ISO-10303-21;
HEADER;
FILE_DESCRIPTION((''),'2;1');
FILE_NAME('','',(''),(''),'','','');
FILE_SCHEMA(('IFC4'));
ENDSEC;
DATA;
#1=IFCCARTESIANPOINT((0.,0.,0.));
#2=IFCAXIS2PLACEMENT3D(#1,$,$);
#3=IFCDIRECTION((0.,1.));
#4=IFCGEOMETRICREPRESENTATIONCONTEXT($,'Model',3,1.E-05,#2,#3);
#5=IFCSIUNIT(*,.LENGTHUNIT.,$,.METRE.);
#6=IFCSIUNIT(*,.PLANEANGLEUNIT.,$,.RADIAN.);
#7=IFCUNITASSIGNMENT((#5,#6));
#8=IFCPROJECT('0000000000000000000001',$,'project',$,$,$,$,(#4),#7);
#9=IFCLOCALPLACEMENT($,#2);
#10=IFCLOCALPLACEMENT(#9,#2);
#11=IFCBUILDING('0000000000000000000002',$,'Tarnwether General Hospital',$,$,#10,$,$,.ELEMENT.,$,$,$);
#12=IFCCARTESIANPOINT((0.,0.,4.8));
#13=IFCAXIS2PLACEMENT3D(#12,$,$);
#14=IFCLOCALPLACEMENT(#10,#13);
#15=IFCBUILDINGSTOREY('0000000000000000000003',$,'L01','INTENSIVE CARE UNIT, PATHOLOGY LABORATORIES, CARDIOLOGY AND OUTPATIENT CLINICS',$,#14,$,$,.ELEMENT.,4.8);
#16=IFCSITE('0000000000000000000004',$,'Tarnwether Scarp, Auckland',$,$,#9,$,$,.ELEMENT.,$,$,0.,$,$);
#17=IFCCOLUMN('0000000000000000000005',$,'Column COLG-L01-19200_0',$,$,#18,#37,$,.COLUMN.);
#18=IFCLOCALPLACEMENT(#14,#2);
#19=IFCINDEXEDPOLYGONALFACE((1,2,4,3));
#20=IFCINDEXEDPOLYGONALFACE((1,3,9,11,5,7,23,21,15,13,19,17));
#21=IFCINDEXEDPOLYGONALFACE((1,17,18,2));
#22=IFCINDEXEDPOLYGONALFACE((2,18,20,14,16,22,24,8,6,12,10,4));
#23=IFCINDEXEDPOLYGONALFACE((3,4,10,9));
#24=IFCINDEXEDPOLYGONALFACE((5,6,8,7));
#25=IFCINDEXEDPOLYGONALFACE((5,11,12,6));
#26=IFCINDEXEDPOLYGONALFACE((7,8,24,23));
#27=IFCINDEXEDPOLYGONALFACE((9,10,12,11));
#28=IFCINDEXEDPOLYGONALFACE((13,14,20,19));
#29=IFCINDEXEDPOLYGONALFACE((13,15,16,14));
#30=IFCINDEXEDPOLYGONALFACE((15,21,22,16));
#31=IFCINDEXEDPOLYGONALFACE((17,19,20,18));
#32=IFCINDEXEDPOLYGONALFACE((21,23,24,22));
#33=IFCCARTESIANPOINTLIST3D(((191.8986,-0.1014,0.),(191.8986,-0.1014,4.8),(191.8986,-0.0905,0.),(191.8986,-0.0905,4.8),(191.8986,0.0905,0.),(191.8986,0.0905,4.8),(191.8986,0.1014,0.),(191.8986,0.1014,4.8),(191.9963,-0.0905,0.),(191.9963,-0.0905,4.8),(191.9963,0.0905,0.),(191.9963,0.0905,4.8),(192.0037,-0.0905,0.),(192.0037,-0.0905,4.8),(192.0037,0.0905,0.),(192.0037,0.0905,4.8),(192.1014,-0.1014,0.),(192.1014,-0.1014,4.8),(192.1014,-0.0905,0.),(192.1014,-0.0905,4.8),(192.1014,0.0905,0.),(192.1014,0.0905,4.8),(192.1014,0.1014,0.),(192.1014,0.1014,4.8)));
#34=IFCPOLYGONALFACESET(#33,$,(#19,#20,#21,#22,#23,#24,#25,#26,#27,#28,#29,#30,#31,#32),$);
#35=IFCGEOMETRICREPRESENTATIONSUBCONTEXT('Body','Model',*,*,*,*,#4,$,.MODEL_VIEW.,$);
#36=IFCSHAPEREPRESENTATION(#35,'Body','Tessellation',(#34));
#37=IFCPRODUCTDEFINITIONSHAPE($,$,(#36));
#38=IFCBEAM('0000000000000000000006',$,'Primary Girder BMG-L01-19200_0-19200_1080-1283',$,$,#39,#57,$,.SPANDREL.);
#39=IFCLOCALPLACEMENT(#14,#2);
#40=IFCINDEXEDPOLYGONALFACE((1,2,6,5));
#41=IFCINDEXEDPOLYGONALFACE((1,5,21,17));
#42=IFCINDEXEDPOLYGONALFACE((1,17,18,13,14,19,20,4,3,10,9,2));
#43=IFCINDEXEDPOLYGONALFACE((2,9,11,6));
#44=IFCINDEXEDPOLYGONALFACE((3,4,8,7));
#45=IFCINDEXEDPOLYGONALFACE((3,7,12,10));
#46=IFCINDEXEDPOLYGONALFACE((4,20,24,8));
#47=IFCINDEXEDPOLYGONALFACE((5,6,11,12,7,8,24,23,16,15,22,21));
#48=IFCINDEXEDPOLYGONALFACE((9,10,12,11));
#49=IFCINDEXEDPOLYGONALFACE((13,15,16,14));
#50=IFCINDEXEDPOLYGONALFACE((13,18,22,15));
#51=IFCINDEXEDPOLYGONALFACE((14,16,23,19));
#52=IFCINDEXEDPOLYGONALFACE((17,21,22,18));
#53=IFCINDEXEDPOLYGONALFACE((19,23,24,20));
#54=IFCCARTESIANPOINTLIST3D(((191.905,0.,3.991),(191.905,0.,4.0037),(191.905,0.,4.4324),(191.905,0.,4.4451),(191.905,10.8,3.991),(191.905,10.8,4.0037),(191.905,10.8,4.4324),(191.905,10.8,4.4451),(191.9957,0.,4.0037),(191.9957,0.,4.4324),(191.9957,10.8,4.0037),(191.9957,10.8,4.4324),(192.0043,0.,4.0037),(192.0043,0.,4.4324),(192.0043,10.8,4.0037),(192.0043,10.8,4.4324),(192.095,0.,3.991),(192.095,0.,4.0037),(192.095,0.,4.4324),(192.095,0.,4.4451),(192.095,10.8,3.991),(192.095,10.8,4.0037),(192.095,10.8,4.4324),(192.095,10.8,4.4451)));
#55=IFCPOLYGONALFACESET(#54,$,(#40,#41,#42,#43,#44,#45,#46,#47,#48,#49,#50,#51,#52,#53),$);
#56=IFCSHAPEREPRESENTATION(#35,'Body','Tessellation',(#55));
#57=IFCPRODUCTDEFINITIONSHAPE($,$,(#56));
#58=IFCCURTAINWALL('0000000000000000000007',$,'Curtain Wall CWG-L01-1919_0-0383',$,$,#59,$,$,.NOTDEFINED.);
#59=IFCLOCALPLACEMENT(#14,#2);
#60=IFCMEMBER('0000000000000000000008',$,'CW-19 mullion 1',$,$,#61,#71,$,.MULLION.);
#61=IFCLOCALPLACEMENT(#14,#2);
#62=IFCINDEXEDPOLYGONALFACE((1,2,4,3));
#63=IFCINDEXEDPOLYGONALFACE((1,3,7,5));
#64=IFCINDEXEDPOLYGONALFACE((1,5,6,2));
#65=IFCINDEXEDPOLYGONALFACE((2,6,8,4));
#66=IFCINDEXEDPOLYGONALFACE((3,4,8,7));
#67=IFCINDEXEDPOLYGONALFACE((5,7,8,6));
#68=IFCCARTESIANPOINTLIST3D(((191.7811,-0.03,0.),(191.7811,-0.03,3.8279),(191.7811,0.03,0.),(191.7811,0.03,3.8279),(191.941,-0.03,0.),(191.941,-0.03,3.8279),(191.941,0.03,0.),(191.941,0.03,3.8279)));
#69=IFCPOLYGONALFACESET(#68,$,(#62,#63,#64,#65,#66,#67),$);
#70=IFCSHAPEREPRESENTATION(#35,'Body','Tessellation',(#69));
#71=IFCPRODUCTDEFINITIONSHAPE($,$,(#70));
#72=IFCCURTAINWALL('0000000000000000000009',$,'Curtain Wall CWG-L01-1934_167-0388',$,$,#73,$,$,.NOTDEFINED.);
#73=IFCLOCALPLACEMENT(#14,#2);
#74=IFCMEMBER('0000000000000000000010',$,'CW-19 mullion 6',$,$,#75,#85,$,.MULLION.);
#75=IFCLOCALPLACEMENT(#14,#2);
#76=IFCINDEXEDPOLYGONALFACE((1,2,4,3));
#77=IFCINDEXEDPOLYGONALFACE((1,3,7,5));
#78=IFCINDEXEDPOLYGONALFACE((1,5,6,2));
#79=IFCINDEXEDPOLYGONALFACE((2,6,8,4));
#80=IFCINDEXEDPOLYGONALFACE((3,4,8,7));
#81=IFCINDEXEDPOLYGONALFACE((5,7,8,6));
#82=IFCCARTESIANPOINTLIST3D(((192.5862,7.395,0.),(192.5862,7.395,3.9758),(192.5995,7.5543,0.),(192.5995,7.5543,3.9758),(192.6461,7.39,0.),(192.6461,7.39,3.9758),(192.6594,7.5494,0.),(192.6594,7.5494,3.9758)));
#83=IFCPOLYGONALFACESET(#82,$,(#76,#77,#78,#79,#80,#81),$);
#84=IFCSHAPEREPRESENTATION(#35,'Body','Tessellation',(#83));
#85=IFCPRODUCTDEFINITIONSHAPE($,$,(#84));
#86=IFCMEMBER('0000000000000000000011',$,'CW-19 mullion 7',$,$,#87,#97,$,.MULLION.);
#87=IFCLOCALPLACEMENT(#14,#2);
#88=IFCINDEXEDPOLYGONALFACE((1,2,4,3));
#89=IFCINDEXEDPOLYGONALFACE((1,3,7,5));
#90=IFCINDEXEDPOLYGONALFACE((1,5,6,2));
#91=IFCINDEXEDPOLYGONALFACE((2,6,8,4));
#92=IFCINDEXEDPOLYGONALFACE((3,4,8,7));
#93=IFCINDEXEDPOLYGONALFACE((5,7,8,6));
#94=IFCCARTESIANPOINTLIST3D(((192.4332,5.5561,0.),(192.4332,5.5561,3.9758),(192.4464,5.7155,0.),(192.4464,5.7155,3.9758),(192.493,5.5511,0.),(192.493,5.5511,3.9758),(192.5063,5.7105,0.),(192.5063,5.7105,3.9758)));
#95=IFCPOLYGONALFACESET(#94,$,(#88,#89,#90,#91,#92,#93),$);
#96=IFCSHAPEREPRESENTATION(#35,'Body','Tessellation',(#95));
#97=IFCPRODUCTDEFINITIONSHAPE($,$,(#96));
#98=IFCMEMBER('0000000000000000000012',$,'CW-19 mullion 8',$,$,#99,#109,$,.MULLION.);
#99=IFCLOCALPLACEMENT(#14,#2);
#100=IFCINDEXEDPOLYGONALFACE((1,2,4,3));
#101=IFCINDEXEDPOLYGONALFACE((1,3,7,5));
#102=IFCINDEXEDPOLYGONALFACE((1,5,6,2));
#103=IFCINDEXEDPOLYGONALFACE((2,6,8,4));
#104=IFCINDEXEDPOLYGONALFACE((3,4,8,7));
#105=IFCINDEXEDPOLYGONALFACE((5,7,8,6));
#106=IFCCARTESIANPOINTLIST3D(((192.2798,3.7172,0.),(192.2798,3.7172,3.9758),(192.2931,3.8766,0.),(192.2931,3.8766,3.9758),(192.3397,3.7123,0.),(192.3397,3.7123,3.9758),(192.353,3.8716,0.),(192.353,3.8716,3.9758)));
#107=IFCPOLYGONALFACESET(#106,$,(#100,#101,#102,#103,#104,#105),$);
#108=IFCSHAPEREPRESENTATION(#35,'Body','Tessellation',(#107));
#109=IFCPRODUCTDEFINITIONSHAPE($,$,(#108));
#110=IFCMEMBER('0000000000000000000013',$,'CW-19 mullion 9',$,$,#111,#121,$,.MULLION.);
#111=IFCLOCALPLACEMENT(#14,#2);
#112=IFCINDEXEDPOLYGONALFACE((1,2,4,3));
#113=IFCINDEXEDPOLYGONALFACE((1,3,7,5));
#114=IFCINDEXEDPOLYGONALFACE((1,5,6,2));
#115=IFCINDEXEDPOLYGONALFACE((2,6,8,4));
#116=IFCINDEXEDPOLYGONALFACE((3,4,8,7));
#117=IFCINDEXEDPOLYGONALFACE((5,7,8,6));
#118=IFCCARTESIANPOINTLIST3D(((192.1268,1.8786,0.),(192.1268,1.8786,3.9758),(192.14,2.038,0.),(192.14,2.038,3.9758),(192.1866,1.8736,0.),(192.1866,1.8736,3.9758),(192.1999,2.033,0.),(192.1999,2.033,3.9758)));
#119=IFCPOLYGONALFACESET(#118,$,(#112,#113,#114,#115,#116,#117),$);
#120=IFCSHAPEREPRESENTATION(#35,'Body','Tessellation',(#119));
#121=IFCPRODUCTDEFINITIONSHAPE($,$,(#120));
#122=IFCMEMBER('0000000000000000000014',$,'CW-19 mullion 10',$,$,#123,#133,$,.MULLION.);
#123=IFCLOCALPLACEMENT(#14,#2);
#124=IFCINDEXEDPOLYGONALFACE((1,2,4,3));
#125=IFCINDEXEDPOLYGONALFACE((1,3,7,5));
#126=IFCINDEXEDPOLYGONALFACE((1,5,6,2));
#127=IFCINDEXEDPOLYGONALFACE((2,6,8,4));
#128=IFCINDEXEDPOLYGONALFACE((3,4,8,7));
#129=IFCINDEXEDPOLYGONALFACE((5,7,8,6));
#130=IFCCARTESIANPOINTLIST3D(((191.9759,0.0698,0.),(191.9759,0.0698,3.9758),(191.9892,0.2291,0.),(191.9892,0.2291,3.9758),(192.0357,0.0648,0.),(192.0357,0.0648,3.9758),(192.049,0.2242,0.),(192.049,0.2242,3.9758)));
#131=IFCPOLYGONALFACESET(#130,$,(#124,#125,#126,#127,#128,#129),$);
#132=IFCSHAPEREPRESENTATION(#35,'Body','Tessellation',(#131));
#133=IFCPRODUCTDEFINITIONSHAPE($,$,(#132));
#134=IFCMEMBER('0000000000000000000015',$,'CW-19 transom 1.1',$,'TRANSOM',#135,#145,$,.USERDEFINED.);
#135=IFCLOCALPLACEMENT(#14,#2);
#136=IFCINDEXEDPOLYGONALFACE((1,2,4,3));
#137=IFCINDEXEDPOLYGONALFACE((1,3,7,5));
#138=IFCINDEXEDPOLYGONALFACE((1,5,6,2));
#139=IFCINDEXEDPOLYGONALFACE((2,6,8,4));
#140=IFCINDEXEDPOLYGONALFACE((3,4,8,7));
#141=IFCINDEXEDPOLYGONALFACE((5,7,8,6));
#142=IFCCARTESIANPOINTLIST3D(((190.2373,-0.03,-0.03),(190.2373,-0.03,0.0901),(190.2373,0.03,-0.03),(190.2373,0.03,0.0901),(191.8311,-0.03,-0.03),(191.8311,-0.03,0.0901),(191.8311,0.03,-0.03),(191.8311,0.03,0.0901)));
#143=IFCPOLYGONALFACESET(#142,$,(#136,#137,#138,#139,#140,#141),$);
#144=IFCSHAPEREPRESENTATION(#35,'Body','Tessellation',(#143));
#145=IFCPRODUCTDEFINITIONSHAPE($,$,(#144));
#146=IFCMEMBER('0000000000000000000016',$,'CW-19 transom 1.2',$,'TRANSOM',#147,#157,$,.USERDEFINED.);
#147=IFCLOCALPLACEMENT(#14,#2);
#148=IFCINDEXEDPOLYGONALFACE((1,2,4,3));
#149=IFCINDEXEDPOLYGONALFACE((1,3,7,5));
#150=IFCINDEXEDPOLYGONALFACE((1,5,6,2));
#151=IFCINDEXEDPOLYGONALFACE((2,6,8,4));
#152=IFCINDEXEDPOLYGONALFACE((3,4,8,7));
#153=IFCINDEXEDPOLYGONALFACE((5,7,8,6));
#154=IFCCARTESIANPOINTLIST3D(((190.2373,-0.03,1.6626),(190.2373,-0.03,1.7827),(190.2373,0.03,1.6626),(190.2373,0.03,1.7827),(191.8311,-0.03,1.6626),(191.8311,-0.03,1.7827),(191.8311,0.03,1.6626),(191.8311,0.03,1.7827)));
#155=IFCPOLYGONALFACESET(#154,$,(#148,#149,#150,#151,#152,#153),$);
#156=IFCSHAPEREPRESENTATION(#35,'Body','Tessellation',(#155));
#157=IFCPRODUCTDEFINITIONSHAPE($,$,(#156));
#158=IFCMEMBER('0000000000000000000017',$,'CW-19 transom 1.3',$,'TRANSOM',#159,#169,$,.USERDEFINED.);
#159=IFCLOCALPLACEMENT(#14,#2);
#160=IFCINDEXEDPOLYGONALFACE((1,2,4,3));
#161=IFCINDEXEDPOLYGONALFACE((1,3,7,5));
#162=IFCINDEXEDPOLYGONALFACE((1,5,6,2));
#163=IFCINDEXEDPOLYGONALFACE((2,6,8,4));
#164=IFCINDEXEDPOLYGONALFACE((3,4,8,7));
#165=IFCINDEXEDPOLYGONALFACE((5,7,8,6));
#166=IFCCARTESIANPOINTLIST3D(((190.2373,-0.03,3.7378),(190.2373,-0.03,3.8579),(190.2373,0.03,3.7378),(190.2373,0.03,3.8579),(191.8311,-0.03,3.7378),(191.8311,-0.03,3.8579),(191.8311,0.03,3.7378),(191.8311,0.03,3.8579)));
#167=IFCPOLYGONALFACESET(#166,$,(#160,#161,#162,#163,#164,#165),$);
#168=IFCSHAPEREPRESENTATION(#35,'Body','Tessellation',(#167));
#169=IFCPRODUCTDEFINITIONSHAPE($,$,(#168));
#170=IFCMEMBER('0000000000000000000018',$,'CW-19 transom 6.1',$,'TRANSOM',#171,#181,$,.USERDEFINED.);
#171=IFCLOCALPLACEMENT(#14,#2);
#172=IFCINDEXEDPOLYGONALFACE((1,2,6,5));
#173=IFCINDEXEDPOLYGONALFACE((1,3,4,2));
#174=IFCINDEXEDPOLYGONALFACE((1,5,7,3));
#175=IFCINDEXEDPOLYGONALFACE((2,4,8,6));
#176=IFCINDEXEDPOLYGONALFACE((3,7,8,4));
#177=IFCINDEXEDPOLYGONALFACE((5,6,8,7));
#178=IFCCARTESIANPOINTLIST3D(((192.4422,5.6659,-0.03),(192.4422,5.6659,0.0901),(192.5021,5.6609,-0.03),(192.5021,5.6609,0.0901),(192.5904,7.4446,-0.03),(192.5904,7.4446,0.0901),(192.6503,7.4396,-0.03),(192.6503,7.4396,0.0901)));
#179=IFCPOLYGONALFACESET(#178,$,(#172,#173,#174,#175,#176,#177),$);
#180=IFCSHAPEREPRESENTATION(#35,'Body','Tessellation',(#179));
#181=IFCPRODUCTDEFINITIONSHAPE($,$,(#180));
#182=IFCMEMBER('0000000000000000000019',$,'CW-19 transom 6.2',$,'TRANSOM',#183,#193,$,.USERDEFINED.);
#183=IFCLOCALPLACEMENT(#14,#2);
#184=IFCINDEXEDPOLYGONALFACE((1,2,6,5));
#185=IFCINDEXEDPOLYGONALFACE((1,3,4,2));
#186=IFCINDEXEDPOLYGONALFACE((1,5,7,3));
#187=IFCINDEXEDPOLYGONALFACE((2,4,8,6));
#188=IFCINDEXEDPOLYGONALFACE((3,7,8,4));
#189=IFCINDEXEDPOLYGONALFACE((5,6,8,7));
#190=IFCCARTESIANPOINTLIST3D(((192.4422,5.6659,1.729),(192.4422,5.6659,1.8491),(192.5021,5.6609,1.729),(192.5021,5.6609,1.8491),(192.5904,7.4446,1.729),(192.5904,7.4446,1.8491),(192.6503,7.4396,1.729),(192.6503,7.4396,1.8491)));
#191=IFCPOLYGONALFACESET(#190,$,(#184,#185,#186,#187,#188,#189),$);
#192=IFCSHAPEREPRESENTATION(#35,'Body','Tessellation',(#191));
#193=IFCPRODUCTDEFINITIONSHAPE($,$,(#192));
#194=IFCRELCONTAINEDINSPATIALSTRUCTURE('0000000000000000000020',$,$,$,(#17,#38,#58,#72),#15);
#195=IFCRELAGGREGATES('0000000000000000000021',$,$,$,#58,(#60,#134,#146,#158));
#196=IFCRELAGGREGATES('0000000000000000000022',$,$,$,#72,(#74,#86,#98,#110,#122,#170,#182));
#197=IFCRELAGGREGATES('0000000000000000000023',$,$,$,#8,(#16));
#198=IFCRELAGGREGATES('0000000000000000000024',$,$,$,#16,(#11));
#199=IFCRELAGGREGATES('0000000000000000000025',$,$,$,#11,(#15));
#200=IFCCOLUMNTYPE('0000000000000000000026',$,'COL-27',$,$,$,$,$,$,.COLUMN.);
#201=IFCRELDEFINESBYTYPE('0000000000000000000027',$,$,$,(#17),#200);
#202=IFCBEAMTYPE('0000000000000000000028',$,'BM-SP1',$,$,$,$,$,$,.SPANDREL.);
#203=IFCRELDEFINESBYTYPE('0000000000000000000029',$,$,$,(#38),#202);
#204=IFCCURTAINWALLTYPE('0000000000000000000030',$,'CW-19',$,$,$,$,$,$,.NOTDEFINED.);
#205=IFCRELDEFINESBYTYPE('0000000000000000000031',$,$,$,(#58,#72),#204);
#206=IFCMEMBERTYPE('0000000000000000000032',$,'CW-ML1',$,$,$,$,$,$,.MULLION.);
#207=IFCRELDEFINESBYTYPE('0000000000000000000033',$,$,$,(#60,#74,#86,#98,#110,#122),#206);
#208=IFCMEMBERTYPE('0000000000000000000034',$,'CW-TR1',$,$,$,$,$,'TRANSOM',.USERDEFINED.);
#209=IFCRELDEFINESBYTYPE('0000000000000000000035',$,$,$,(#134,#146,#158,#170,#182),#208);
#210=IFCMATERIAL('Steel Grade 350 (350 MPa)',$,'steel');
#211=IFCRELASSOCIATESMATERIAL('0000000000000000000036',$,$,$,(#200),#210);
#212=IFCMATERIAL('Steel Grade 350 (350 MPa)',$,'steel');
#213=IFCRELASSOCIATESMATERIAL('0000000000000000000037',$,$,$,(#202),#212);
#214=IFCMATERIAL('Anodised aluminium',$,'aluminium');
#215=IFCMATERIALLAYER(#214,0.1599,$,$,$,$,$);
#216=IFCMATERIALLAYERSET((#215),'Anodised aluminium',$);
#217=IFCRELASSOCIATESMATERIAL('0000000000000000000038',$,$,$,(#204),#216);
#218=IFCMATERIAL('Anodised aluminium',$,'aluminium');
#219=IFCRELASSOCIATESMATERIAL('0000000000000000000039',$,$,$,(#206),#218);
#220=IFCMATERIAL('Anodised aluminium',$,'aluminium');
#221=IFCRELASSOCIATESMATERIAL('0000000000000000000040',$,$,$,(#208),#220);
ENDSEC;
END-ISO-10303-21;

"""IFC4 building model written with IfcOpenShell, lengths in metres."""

from ifc_helpers import new_model, si_unit, direction, frame, origin, origin_2d, place, context, subcontext, project, spatial, rectangle, i_section, extrude, material, layer, layer_set, material_profile, profile_set, type_object, element, aggregate, save


model = new_model("IFC4")

# Units and contexts
model_context = context("Model", 3, precision=1e-05, world=origin(), true_north=direction((0.0, 1.0)))
body_context = subcontext(model_context, "Body", "Model", "MODEL_VIEW")
ifc_project = project(units=[si_unit("LENGTHUNIT", "METRE"), si_unit("PLANEANGLEUNIT", "RADIAN")], contexts=[model_context])

# Site, building, storey
site_placement = place(None, origin())
site = spatial("IfcSite", under=ifc_project, at=site_placement, Name="Tarnwether Scarp, Auckland", CompositionType="ELEMENT", RefElevation=0.0)
building_placement = place(site_placement, origin())
building = spatial("IfcBuilding", under=site, at=building_placement, Name="Tarnwether General Hospital", CompositionType="ELEMENT")
storey_placement = place(building_placement, frame((0.0, 0.0, 4.8)))
storey = spatial("IfcBuildingStorey", under=building, at=storey_placement, Name="L01", Description="INTENSIVE CARE UNIT, PATHOLOGY LABORATORIES, CARDIOLOGY AND OUTPATIENT CLINICS", CompositionType="ELEMENT", Elevation=4.8)

# Column
ifc_material_1 = material(Name="Steel Grade 350 (350 MPa)", Category="steel")
ifc_material_profile_1 = material_profile(ifc_material_1, i_section(OverallWidth=0.2029, OverallDepth=0.2029, WebThickness=0.0073, FlangeThickness=0.011, at=origin_2d()), Name="200UC46.2")
ifc_profile_set_1 = profile_set([ifc_material_profile_1], Name="Steel Grade 350 (350 MPa)")
column_type = type_object("IfcColumnType", Name="COL-27", PredefinedType="COLUMN", material=ifc_profile_set_1)
column_placement = place(storey_placement, frame((192.0, 0.0, 0.0), z_axis=(0.0, 0.0, 1.0), x_axis=(1.0, 0.0, 0.0)))
element("IfcColumn", 1, at=column_placement, inside=storey, type_object=column_type, Name="Column COLG-L01-19200_0", PredefinedType="COLUMN", context=body_context, shape_type="SweptSolid", body=[
    extrude(i_section(OverallWidth=0.2029, OverallDepth=0.2029, WebThickness=0.0073, FlangeThickness=0.011, at=origin_2d()), origin(), (0.0, 0.0, 1.0), 4.8),
])

# Beam
ifc_material_2 = material(Name="Steel Grade 350 (350 MPa)", Category="steel")
ifc_material_profile_2 = material_profile(ifc_material_2, i_section(OverallWidth=0.1899, OverallDepth=0.4541, WebThickness=0.0085, FlangeThickness=0.0127, at=origin_2d()), Name="460UB67.1")
ifc_profile_set_2 = profile_set([ifc_material_profile_2], Name="Steel Grade 350 (350 MPa)")
beam_type = type_object("IfcBeamType", Name="BM-SP1", PredefinedType="SPANDREL", material=ifc_profile_set_2)
beam_placement = place(storey_placement, frame((192.0, 0.0, 4.218), z_axis=(0.0, 1.0, 0.0), x_axis=(-1.0, 0.0, 0.0)))
element("IfcBeam", 2, at=beam_placement, inside=storey, type_object=beam_type, Name="Primary Girder BMG-L01-19200_0-19200_1080-1283", PredefinedType="SPANDREL", context=body_context, shape_type="SweptSolid", body=[
    extrude(i_section(OverallWidth=0.1899, OverallDepth=0.4541, WebThickness=0.0085, FlangeThickness=0.0127, at=origin_2d()), origin(), (0.0, 0.0, 1.0), 10.8),
])

# Curtain wall, member
ifc_material_3 = material(Name="Anodised aluminium", Category="aluminium")
ifc_layer_1 = layer(ifc_material_3, 0.1599)
ifc_layer_set_1 = layer_set([ifc_layer_1], Name="Anodised aluminium")
curtain_wall_type = type_object("IfcCurtainWallType", Name="CW-19", PredefinedType="NOTDEFINED", material=ifc_layer_set_1)
curtain_wall_1_placement = place(storey_placement, origin())
curtain_wall_1 = element("IfcCurtainWall", 3, at=curtain_wall_1_placement, inside=storey, type_object=curtain_wall_type, Name="Curtain Wall CWG-L01-1919_0-0383", PredefinedType="NOTDEFINED")
ifc_material_4 = material(Name="Anodised aluminium", Category="aluminium")
ifc_material_profile_3 = material_profile(ifc_material_4, rectangle(XDim=0.0601, YDim=0.1599, at=origin_2d()), Name="ALU-MUL-60x160")
ifc_profile_set_3 = profile_set([ifc_material_profile_3], Name="Anodised aluminium")
member_type_1 = type_object("IfcMemberType", Name="CW-ML1", PredefinedType="MULLION", material=ifc_profile_set_3)
member_1_placement = place(storey_placement, frame((191.8611, 0.0, 0.0), z_axis=(0.0, 0.0, 1.0), x_axis=(0.0, -1.0, 0.0)))
member_1 = element("IfcMember", 4, at=member_1_placement, type_object=member_type_1, Name="CW-19 mullion 1", PredefinedType="MULLION", context=body_context, shape_type="SweptSolid", body=[
    extrude(rectangle(XDim=0.0601, YDim=0.1599, at=origin_2d()), origin(), (0.0, 0.0, 1.0), 3.8279),
])

# Curtain wall, members
curtain_wall_2_placement = place(storey_placement, origin())
curtain_wall_2 = element("IfcCurtainWall", 5, at=curtain_wall_2_placement, inside=storey, type_object=curtain_wall_type, Name="Curtain Wall CWG-L01-1934_167-0388", PredefinedType="NOTDEFINED")
member_2_placement = place(storey_placement, frame((192.6228, 7.4722, 0.0), z_axis=(0.0, 0.0, 1.0), x_axis=(0.996546, -0.08304, 0.0)))
member_2 = element("IfcMember", 6, at=member_2_placement, type_object=member_type_1, Name="CW-19 mullion 6", PredefinedType="MULLION", context=body_context, shape_type="SweptSolid", body=[
    extrude(rectangle(XDim=0.0601, YDim=0.1599, at=origin_2d()), origin(), (0.0, 0.0, 1.0), 3.9758),
])
member_3_placement = place(storey_placement, frame((192.4697, 5.6333, 0.0), z_axis=(0.0, 0.0, 1.0), x_axis=(0.996546, -0.08304, 0.0)))
member_3 = element("IfcMember", 7, at=member_3_placement, type_object=member_type_1, Name="CW-19 mullion 7", PredefinedType="MULLION", context=body_context, shape_type="SweptSolid", body=[
    extrude(rectangle(XDim=0.0601, YDim=0.1599, at=origin_2d()), origin(), (0.0, 0.0, 1.0), 3.9758),
])
member_4_placement = place(storey_placement, frame((192.3164, 3.7944, 0.0), z_axis=(0.0, 0.0, 1.0), x_axis=(0.996546, -0.08304, 0.0)))
member_4 = element("IfcMember", 8, at=member_4_placement, type_object=member_type_1, Name="CW-19 mullion 8", PredefinedType="MULLION", context=body_context, shape_type="SweptSolid", body=[
    extrude(rectangle(XDim=0.0601, YDim=0.1599, at=origin_2d()), origin(), (0.0, 0.0, 1.0), 3.9758),
])
member_5_placement = place(storey_placement, frame((192.1633, 1.9558, 0.0), z_axis=(0.0, 0.0, 1.0), x_axis=(0.996546, -0.08304, 0.0)))
member_5 = element("IfcMember", 9, at=member_5_placement, type_object=member_type_1, Name="CW-19 mullion 9", PredefinedType="MULLION", context=body_context, shape_type="SweptSolid", body=[
    extrude(rectangle(XDim=0.0601, YDim=0.1599, at=origin_2d()), origin(), (0.0, 0.0, 1.0), 3.9758),
])
member_6_placement = place(storey_placement, frame((192.0125, 0.147, 0.0), z_axis=(0.0, 0.0, 1.0), x_axis=(0.996546, -0.08304, 0.0)))
member_6 = element("IfcMember", 10, at=member_6_placement, type_object=member_type_1, Name="CW-19 mullion 10", PredefinedType="MULLION", context=body_context, shape_type="SweptSolid", body=[
    extrude(rectangle(XDim=0.0601, YDim=0.1599, at=origin_2d()), origin(), (0.0, 0.0, 1.0), 3.9758),
])

# Members
ifc_material_5 = material(Name="Anodised aluminium", Category="aluminium")
ifc_material_profile_4 = material_profile(ifc_material_5, rectangle(XDim=0.0601, YDim=0.1201, at=origin_2d()), Name="ALU-TRN-60x120")
ifc_profile_set_4 = profile_set([ifc_material_profile_4], Name="Anodised aluminium")
member_type_2 = type_object("IfcMemberType", Name="CW-TR1", ElementType="TRANSOM", PredefinedType="USERDEFINED", material=ifc_profile_set_4)
member_7_placement = place(storey_placement, frame((191.8311, 0.0, 0.03), z_axis=(-1.0, 0.0, 0.0), x_axis=(0.0, -1.0, 0.0)))
member_7 = element("IfcMember", 11, at=member_7_placement, type_object=member_type_2, Name="CW-19 transom 1.1", ObjectType="TRANSOM", PredefinedType="USERDEFINED", context=body_context, shape_type="SweptSolid", body=[
    extrude(rectangle(XDim=0.0601, YDim=0.1201, at=origin_2d()), origin(), (0.0, 0.0, 1.0), 1.5938),
])
member_8_placement = place(storey_placement, frame((191.8311, 0.0, 1.7227), z_axis=(-1.0, 0.0, 0.0), x_axis=(0.0, -1.0, 0.0)))
member_8 = element("IfcMember", 12, at=member_8_placement, type_object=member_type_2, Name="CW-19 transom 1.2", ObjectType="TRANSOM", PredefinedType="USERDEFINED", context=body_context, shape_type="SweptSolid", body=[
    extrude(rectangle(XDim=0.0601, YDim=0.1201, at=origin_2d()), origin(), (0.0, 0.0, 1.0), 1.5938),
])
member_9_placement = place(storey_placement, frame((191.8311, 0.0, 3.7979), z_axis=(-1.0, 0.0, 0.0), x_axis=(0.0, -1.0, 0.0)))
member_9 = element("IfcMember", 13, at=member_9_placement, type_object=member_type_2, Name="CW-19 transom 1.3", ObjectType="TRANSOM", PredefinedType="USERDEFINED", context=body_context, shape_type="SweptSolid", body=[
    extrude(rectangle(XDim=0.0601, YDim=0.1201, at=origin_2d()), origin(), (0.0, 0.0, 1.0), 1.5938),
])
member_10_placement = place(storey_placement, frame((192.6204, 7.4421, 0.03), z_axis=(-0.083023, -0.996548, 0.0), x_axis=(0.996548, -0.083023, 0.0)))
member_10 = element("IfcMember", 14, at=member_10_placement, type_object=member_type_2, Name="CW-19 transom 6.1", ObjectType="TRANSOM", PredefinedType="USERDEFINED", context=body_context, shape_type="SweptSolid", body=[
    extrude(rectangle(XDim=0.0601, YDim=0.1201, at=origin_2d()), origin(), (0.0, 0.0, 1.0), 1.7849),
])
member_11_placement = place(storey_placement, frame((192.6204, 7.4421, 1.7891), z_axis=(-0.083023, -0.996548, 0.0), x_axis=(0.996548, -0.083023, 0.0)))
member_11 = element("IfcMember", 15, at=member_11_placement, type_object=member_type_2, Name="CW-19 transom 6.2", ObjectType="TRANSOM", PredefinedType="USERDEFINED", context=body_context, shape_type="SweptSolid", body=[
    extrude(rectangle(XDim=0.0601, YDim=0.1201, at=origin_2d()), origin(), (0.0, 0.0, 1.0), 1.7849),
])

aggregate(curtain_wall_1, [member_1, member_7, member_8, member_9])
aggregate(curtain_wall_2, [member_2, member_3, member_4, member_5, member_6, member_10, member_11])

save(model, "model.ifc")
